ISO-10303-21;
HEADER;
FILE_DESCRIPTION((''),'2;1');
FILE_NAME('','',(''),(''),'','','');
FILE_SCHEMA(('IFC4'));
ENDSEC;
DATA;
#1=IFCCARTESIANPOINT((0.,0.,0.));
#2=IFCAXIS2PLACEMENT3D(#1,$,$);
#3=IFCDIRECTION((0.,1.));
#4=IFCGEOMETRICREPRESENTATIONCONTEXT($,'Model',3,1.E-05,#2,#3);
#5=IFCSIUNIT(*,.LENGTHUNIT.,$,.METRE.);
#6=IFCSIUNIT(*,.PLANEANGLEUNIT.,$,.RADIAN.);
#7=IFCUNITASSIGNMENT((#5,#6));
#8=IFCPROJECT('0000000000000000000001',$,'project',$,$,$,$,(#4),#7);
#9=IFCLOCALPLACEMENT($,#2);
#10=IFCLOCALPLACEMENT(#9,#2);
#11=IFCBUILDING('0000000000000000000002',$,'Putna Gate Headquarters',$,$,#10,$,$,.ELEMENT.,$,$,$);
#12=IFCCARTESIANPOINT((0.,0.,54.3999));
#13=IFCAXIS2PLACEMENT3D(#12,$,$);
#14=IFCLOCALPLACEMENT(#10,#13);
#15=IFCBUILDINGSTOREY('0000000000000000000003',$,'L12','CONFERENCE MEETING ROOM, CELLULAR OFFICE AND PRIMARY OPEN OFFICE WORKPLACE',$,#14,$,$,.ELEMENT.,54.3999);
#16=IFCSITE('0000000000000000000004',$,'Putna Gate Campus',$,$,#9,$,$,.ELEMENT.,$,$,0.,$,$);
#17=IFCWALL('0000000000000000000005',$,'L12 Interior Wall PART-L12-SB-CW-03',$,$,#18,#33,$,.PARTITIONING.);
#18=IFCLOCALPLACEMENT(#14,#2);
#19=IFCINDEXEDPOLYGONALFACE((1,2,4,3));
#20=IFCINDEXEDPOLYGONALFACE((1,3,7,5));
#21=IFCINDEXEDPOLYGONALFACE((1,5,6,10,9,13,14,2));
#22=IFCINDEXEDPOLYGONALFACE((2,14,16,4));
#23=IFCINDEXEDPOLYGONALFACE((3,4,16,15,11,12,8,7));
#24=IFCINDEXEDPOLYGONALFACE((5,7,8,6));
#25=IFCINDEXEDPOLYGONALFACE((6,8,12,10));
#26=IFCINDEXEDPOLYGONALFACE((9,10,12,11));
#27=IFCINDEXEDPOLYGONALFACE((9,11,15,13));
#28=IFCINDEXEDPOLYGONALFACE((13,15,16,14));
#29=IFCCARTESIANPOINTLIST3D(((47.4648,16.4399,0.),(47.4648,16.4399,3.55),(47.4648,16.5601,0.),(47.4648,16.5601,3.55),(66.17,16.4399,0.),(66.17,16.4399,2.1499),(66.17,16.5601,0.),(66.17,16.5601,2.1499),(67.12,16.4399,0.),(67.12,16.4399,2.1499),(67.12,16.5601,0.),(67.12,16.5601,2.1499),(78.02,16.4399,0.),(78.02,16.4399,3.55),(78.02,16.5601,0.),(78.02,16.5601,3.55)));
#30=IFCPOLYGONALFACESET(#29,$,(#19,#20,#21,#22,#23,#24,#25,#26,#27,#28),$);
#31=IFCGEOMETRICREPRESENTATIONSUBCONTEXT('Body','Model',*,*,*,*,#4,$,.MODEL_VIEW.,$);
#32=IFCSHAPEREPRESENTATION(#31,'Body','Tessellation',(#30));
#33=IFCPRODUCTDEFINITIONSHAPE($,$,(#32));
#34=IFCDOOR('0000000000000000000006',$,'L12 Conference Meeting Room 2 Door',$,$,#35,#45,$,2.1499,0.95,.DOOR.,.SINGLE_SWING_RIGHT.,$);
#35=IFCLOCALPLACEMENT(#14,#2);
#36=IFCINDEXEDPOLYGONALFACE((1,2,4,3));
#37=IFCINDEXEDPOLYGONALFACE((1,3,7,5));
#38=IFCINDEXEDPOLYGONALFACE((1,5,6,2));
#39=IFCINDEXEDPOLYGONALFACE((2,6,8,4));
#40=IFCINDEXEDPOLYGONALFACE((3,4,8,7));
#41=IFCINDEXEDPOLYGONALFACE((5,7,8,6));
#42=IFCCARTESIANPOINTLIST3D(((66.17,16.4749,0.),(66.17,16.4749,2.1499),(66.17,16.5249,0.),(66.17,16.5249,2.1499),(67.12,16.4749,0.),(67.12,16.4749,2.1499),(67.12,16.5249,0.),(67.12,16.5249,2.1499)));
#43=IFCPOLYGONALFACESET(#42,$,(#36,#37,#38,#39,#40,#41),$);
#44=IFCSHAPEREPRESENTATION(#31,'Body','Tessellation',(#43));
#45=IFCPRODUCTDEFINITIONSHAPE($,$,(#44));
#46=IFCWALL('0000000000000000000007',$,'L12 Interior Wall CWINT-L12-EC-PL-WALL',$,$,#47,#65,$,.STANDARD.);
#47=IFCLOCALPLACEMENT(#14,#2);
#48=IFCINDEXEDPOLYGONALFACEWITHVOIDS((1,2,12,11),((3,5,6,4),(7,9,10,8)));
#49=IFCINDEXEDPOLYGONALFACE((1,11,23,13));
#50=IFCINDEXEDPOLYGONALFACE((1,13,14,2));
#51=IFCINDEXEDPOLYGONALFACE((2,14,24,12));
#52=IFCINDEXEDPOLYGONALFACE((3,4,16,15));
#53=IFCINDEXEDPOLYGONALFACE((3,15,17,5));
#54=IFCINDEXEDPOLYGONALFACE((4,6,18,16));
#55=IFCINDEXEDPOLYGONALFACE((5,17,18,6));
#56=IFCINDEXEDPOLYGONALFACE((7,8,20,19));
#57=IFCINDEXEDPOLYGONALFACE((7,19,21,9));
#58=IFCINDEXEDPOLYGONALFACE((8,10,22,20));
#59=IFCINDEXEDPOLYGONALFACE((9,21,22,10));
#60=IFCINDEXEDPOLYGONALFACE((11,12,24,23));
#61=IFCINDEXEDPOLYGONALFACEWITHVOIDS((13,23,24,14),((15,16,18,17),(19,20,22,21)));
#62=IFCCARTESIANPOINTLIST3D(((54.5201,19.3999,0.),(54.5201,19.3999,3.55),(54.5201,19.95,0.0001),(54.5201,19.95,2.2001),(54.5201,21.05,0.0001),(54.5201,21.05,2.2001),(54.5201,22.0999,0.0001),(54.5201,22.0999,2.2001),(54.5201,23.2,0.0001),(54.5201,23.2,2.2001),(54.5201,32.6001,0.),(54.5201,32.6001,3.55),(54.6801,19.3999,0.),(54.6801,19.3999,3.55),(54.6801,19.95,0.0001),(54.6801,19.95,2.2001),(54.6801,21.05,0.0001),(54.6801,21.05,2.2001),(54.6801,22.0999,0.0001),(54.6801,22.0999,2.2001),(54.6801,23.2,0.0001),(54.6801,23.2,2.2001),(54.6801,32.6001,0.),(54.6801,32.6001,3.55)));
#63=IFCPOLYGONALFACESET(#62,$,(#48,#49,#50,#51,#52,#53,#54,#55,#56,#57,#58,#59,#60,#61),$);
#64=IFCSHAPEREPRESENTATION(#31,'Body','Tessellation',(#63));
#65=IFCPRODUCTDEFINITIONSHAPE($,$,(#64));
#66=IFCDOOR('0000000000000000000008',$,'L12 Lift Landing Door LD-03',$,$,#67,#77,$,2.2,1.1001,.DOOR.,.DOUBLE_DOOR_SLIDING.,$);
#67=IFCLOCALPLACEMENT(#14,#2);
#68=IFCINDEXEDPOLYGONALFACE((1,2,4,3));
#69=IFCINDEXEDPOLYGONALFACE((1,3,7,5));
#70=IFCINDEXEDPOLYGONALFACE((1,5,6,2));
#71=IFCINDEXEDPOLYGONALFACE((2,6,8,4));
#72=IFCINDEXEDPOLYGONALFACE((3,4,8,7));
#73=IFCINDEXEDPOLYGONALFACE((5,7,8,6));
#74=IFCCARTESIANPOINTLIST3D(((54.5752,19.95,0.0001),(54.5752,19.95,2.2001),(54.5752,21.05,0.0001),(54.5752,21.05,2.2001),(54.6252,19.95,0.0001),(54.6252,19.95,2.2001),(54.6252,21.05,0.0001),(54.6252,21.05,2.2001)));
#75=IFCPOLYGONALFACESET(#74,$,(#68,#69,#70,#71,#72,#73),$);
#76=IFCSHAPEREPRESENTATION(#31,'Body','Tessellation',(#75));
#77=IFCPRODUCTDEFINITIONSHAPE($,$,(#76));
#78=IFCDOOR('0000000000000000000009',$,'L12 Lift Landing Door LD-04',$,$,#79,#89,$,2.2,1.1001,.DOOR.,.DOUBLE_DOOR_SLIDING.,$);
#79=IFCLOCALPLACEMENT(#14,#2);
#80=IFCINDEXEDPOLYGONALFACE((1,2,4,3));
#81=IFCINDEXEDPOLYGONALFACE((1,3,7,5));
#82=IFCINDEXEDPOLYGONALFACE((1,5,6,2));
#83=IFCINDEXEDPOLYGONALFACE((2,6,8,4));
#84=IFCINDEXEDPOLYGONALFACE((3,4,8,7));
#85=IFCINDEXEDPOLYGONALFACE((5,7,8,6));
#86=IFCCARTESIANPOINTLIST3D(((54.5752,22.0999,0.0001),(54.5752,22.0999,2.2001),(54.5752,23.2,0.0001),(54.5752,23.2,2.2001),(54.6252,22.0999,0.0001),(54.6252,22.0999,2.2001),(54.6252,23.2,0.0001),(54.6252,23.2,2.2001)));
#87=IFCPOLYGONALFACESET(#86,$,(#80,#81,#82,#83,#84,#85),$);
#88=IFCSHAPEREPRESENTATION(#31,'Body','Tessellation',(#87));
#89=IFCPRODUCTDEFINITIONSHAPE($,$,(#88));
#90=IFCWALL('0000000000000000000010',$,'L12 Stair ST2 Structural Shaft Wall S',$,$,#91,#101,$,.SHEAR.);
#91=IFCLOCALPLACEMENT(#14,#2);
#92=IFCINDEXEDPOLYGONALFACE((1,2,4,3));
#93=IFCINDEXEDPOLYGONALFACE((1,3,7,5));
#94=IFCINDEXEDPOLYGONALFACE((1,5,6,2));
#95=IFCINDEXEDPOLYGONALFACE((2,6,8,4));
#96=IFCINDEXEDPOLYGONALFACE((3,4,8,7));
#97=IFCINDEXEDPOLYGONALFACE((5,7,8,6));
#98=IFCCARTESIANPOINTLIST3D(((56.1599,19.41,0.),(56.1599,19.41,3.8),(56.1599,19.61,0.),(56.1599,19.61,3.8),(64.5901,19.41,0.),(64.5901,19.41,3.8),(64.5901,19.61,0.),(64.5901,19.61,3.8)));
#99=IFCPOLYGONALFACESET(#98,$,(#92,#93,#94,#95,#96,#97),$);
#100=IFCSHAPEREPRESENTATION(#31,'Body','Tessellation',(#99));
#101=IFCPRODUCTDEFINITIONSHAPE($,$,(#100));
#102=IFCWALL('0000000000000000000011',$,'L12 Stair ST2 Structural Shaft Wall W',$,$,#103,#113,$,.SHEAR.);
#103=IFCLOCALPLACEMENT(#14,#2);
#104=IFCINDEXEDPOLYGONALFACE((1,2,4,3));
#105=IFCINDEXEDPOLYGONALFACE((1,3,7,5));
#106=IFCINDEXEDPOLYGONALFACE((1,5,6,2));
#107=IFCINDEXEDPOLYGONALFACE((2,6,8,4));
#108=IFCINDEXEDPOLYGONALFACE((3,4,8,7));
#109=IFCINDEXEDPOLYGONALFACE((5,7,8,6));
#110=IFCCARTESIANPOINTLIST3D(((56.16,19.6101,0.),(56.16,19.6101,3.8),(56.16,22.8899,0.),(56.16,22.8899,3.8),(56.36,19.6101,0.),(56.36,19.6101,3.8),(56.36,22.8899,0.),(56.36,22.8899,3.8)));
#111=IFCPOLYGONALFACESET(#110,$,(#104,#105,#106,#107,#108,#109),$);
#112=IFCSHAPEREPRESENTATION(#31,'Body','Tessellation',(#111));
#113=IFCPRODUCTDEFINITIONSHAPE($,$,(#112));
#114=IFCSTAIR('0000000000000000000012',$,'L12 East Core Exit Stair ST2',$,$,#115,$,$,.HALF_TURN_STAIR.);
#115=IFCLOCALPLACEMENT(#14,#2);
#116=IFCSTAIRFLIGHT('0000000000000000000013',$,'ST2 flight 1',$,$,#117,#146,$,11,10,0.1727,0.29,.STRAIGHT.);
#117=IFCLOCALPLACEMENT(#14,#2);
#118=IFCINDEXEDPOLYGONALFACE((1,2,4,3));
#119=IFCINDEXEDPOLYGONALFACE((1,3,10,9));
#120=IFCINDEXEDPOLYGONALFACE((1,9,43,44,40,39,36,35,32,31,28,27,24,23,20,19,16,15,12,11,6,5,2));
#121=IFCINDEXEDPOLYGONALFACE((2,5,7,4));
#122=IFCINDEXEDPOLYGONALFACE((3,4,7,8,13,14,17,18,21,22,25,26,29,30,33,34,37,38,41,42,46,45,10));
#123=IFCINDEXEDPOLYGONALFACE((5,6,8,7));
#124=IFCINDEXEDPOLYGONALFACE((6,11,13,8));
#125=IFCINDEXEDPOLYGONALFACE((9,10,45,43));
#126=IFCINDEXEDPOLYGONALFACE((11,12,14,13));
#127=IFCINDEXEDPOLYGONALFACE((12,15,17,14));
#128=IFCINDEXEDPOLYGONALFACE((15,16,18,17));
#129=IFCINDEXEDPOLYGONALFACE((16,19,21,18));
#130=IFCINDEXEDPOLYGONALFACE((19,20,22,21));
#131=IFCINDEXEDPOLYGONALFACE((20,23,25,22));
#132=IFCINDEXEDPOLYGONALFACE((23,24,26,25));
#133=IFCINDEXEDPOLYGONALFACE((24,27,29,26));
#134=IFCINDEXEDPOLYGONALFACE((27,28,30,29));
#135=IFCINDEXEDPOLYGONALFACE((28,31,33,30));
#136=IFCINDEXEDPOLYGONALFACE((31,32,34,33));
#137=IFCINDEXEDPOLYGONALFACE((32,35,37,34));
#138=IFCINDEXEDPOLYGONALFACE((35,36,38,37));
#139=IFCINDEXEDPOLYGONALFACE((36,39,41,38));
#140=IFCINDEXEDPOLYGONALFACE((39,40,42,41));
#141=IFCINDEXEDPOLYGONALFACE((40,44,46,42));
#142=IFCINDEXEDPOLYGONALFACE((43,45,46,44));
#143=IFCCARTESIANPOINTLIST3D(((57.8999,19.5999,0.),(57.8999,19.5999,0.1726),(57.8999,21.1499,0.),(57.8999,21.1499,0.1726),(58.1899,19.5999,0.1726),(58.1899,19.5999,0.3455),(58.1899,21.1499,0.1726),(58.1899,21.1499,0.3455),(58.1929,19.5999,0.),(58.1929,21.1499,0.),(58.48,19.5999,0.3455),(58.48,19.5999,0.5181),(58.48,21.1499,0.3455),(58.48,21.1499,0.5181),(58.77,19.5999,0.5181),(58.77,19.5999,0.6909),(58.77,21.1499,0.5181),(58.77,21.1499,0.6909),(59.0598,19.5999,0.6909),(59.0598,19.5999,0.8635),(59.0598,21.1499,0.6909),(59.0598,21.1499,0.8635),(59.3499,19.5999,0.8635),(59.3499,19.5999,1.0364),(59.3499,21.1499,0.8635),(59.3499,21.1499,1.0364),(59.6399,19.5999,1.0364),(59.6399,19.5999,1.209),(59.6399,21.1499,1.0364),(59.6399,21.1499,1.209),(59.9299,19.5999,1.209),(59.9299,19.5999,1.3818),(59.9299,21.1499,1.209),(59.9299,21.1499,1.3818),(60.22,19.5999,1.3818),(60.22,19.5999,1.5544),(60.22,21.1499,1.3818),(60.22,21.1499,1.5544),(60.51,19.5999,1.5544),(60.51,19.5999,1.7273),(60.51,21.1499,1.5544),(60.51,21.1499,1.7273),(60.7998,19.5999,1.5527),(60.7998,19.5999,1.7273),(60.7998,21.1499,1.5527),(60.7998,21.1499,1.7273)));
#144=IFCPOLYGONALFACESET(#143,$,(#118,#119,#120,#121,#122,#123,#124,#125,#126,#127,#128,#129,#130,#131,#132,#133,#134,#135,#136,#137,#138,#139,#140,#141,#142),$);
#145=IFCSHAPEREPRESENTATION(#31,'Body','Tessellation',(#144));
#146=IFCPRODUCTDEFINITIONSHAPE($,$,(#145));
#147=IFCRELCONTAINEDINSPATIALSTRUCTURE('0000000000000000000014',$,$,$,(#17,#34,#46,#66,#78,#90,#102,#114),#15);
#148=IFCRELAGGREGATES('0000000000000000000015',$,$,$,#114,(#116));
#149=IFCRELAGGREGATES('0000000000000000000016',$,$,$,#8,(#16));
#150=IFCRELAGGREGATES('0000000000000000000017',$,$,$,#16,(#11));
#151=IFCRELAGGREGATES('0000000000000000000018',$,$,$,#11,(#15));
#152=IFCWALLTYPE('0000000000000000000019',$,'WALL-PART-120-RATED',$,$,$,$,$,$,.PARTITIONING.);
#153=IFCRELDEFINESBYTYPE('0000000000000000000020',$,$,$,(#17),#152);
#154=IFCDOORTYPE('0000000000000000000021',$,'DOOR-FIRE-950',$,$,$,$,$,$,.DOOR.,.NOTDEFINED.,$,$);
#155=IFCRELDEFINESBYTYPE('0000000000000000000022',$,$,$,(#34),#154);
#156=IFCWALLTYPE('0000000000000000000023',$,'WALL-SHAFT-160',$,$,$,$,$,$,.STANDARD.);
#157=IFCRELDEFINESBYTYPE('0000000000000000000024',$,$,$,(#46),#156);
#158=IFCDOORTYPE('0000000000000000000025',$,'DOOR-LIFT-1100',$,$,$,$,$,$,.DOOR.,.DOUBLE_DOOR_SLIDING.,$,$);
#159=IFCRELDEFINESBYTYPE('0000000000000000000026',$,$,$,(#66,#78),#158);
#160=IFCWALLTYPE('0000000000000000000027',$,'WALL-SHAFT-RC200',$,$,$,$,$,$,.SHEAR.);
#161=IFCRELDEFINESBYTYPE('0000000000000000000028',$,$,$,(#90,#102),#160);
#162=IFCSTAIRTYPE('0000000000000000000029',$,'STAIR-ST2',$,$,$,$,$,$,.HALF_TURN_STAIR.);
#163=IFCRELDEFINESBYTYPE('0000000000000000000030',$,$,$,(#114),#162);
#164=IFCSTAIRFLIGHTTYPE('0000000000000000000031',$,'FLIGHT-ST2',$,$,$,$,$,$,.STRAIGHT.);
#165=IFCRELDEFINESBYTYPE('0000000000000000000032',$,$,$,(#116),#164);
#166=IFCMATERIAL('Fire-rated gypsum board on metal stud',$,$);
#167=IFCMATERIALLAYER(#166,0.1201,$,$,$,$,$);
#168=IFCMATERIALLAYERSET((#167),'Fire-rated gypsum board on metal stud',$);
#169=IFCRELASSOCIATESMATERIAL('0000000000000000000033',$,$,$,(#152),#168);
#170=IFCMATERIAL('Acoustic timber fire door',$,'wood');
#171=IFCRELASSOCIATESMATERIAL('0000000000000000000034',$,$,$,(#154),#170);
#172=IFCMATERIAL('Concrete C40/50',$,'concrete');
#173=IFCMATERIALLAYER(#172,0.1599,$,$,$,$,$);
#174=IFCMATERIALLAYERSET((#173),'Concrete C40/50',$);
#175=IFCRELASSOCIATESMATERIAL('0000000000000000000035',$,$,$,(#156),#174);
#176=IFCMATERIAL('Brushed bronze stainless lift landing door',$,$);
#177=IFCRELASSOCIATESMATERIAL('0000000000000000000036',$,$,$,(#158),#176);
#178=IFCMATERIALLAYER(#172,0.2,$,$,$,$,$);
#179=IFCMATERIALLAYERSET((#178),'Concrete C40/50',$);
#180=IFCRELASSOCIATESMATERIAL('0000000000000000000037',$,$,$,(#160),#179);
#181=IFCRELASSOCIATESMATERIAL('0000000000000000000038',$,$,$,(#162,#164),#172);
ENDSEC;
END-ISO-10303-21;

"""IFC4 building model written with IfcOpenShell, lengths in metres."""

from ifc_helpers import new_model, si_unit, direction, frame, frame_2d, origin, place, context, subcontext, project, spatial, polyline, rectangle, outline, extrude, material, layer, layer_set, type_object, element, fill, aggregate, save


model = new_model("IFC4")

# Units and contexts
model_context = context("Model", 3, precision=1e-05, world=origin(), true_north=direction((0.0, 1.0)))
body_context = subcontext(model_context, "Body", "Model", "MODEL_VIEW")
ifc_project = project(units=[si_unit("LENGTHUNIT", "METRE"), si_unit("PLANEANGLEUNIT", "RADIAN")], contexts=[model_context])

# Site, building, storey
site_placement = place(None, origin())
site = spatial("IfcSite", under=ifc_project, at=site_placement, Name="Putna Gate Campus", CompositionType="ELEMENT", RefElevation=0.0)
building_placement = place(site_placement, origin())
building = spatial("IfcBuilding", under=site, at=building_placement, Name="Putna Gate Headquarters", CompositionType="ELEMENT")
storey_placement = place(building_placement, frame((0.0, 0.0, 54.3999)))
storey = spatial("IfcBuildingStorey", under=building, at=storey_placement, Name="L12", Description="CONFERENCE MEETING ROOM, CELLULAR OFFICE AND PRIMARY OPEN OFFICE WORKPLACE", CompositionType="ELEMENT", Elevation=54.3999)

# Wall, opening, door
ifc_material_1 = material(Name="Fire-rated gypsum board on metal stud")
ifc_layer_1 = layer(ifc_material_1, 0.1201)
ifc_layer_set_1 = layer_set([ifc_layer_1], Name="Fire-rated gypsum board on metal stud")
wall_type_1 = type_object("IfcWallType", Name="WALL-PART-120-RATED", PredefinedType="PARTITIONING", material=ifc_layer_set_1)
wall_1_placement = place(storey_placement, frame((47.4648, 16.5, 0.0), z_axis=(0.0, 0.0, 1.0), x_axis=(1.0, 0.0, 0.0)))
wall_1 = element("IfcWall", 1, at=wall_1_placement, inside=storey, type_object=wall_type_1, Name="L12 Interior Wall PART-L12-SB-CW-03", PredefinedType="PARTITIONING", context=body_context, shape_type="SweptSolid", body=[
    extrude(rectangle(XDim=30.5552, YDim=0.1201, at=frame_2d((15.2776, 0.0))), origin(), (0.0, 0.0, 1.0), 3.55),
])
opening_1_placement = place(wall_1_placement, frame((18.7051, 0.0, 0.0)))
opening_1 = element("IfcOpeningElement", 2, at=opening_1_placement, cuts=wall_1, PredefinedType="OPENING", context=body_context, shape_type="SweptSolid", body=[
    extrude(rectangle(XDim=0.95, YDim=2.1499, at=frame_2d((0.4751, 1.075))), frame((0.0, 0.0701, 0.0), z_axis=(0.0, -1.0, 0.0), x_axis=(1.0, 0.0, 0.0)), (0.0, 0.0, 1.0), 0.1401),
])
ifc_material_2 = material(Name="Acoustic timber fire door", Category="wood")
door_type_1 = type_object("IfcDoorType", Name="DOOR-FIRE-950", OperationType="NOTDEFINED", PredefinedType="DOOR", material=ifc_material_2)
door_1_placement = place(opening_1_placement, origin())
door_1 = element("IfcDoor", 3, at=door_1_placement, inside=storey, type_object=door_type_1, Name="L12 Conference Meeting Room 2 Door", OperationType="SINGLE_SWING_RIGHT", OverallHeight=2.1499, OverallWidth=0.95, PredefinedType="DOOR", context=body_context, shape_type="SweptSolid", body=[
    extrude(rectangle(XDim=0.95, YDim=2.1499, at=frame_2d((0.4751, 1.075))), frame((0.0, 0.0249, 0.0), z_axis=(0.0, -1.0, 0.0), x_axis=(1.0, 0.0, 0.0)), (0.0, 0.0, 1.0), 0.05),
])
fill(opening_1, door_1)

# Wall, openings, doors
ifc_material_3 = material(Name="Concrete C40/50", Category="concrete")
ifc_layer_2 = layer(ifc_material_3, 0.1599)
ifc_layer_set_2 = layer_set([ifc_layer_2], Name="Concrete C40/50")
wall_type_2 = type_object("IfcWallType", Name="WALL-SHAFT-160", PredefinedType="STANDARD", material=ifc_layer_set_2)
wall_2_placement = place(storey_placement, frame((54.6001, 19.3999, 0.0), z_axis=(0.0, 0.0, 1.0), x_axis=(0.0, 1.0, 0.0)))
wall_2 = element("IfcWall", 4, at=wall_2_placement, inside=storey, type_object=wall_type_2, Name="L12 Interior Wall CWINT-L12-EC-PL-WALL", PredefinedType="STANDARD", context=body_context, shape_type="SweptSolid", body=[
    extrude(rectangle(XDim=13.2002, YDim=0.1599, at=frame_2d((6.6001, 0.0))), origin(), (0.0, 0.0, 1.0), 3.55),
])
opening_2_placement = place(wall_2_placement, frame((0.55, 0.0, 0.0)))
opening_2 = element("IfcOpeningElement", 5, at=opening_2_placement, cuts=wall_2, PredefinedType="OPENING", context=body_context, shape_type="SweptSolid", body=[
    extrude(rectangle(XDim=1.1001, YDim=2.2, at=frame_2d((0.55, 1.1001))), frame((0.0, 0.0898, 0.0), z_axis=(0.0, -1.0, 0.0), x_axis=(1.0, 0.0, 0.0)), (0.0, 0.0, 1.0), 0.1799),
])
opening_3_placement = place(wall_2_placement, frame((2.7, 0.0, 0.0)))
opening_3 = element("IfcOpeningElement", 6, at=opening_3_placement, cuts=wall_2, PredefinedType="OPENING", context=body_context, shape_type="SweptSolid", body=[
    extrude(rectangle(XDim=1.1001, YDim=2.2, at=frame_2d((0.55, 1.1001))), frame((0.0, 0.0898, 0.0), z_axis=(0.0, -1.0, 0.0), x_axis=(1.0, 0.0, 0.0)), (0.0, 0.0, 1.0), 0.1799),
])
ifc_material_4 = material(Name="Brushed bronze stainless lift landing door")
door_type_2 = type_object("IfcDoorType", Name="DOOR-LIFT-1100", OperationType="DOUBLE_DOOR_SLIDING", PredefinedType="DOOR", material=ifc_material_4)
door_2_placement = place(opening_2_placement, origin())
door_2 = element("IfcDoor", 7, at=door_2_placement, inside=storey, type_object=door_type_2, Name="L12 Lift Landing Door LD-03", OperationType="DOUBLE_DOOR_SLIDING", OverallHeight=2.2, OverallWidth=1.1001, PredefinedType="DOOR", context=body_context, shape_type="SweptSolid", body=[
    extrude(rectangle(XDim=1.1001, YDim=2.2, at=frame_2d((0.55, 1.1001))), frame((0.0, 0.0249, 0.0), z_axis=(0.0, -1.0, 0.0), x_axis=(1.0, 0.0, 0.0)), (0.0, 0.0, 1.0), 0.05),
])
fill(opening_2, door_2)
door_3_placement = place(opening_3_placement, origin())
door_3 = element("IfcDoor", 8, at=door_3_placement, inside=storey, type_object=door_type_2, Name="L12 Lift Landing Door LD-04", OperationType="DOUBLE_DOOR_SLIDING", OverallHeight=2.2, OverallWidth=1.1001, PredefinedType="DOOR", context=body_context, shape_type="SweptSolid", body=[
    extrude(rectangle(XDim=1.1001, YDim=2.2, at=frame_2d((0.55, 1.1001))), frame((0.0, 0.0249, 0.0), z_axis=(0.0, -1.0, 0.0), x_axis=(1.0, 0.0, 0.0)), (0.0, 0.0, 1.0), 0.05),
])
fill(opening_3, door_3)

# Walls
ifc_layer_3 = layer(ifc_material_3, 0.2)
ifc_layer_set_3 = layer_set([ifc_layer_3], Name="Concrete C40/50")
wall_type_3 = type_object("IfcWallType", Name="WALL-SHAFT-RC200", PredefinedType="SHEAR", material=ifc_layer_set_3)
wall_3_placement = place(storey_placement, frame((56.1599, 19.51, 0.0), z_axis=(0.0, 0.0, 1.0), x_axis=(1.0, 0.0, 0.0)))
element("IfcWall", 9, at=wall_3_placement, inside=storey, type_object=wall_type_3, Name="L12 Stair ST2 Structural Shaft Wall S", PredefinedType="SHEAR", context=body_context, shape_type="SweptSolid", body=[
    extrude(rectangle(XDim=8.4302, YDim=0.2, at=frame_2d((4.2151, 0.0))), origin(), (0.0, 0.0, 1.0), 3.8),
])
wall_4_placement = place(storey_placement, frame((56.26, 19.6101, 0.0), z_axis=(0.0, 0.0, 1.0), x_axis=(0.0, 1.0, 0.0)))
element("IfcWall", 10, at=wall_4_placement, inside=storey, type_object=wall_type_3, Name="L12 Stair ST2 Structural Shaft Wall W", PredefinedType="SHEAR", context=body_context, shape_type="SweptSolid", body=[
    extrude(rectangle(XDim=3.2798, YDim=0.2, at=frame_2d((1.6399, 0.0))), origin(), (0.0, 0.0, 1.0), 3.8),
])

# Stair, stair flight
stair_type = type_object("IfcStairType", Name="STAIR-ST2", PredefinedType="HALF_TURN_STAIR", material=ifc_material_3)
stair_placement = place(storey_placement, origin())
stair = element("IfcStair", 11, at=stair_placement, inside=storey, type_object=stair_type, Name="L12 East Core Exit Stair ST2", PredefinedType="HALF_TURN_STAIR")
stair_flight_type = type_object("IfcStairFlightType", Name="FLIGHT-ST2", PredefinedType="STRAIGHT", material=ifc_material_3)
stair_flight_placement = place(storey_placement, frame((57.8999, 20.375, 0.0), z_axis=(0.0, 0.0, 1.0), x_axis=(1.0, 0.0, 0.0)))
stair_flight = element("IfcStairFlight", 12, at=stair_flight_placement, type_object=stair_flight_type, Name="ST2 flight 1", NumberOfRisers=11, NumberOfTreads=10, PredefinedType="STRAIGHT", RiserHeight=0.1727, TreadLength=0.29, context=body_context, shape_type="SweptSolid", body=[
    extrude(outline(polyline([(0.0, 0.0), (0.0, 0.1726), (0.29, 0.1726), (0.29, 0.3455), (0.5801, 0.3455), (0.5801, 0.5181), (0.8701, 0.5181), (0.8701, 0.6909), (1.1599, 0.6909), (1.1599, 0.8635), (1.45, 0.8635), (1.45, 1.0364), (1.74, 1.0364), (1.74, 1.209), (2.03, 1.209), (2.03, 1.3818), (2.3201, 1.3818), (2.3201, 1.5544), (2.6101, 1.5544), (2.6101, 1.7273), (2.8999, 1.7273), (2.8999, 1.8999), (2.8999, 1.5527), (0.293, 0.0), (0.0, 0.0)])), frame((0.0, 0.7749, 0.0), z_axis=(0.0, -1.0, 0.0), x_axis=(1.0, 0.0, 0.0)), (0.0, 0.0, 1.0), 1.55),
])
aggregate(stair, [stair_flight])

save(model, "model.ifc")
